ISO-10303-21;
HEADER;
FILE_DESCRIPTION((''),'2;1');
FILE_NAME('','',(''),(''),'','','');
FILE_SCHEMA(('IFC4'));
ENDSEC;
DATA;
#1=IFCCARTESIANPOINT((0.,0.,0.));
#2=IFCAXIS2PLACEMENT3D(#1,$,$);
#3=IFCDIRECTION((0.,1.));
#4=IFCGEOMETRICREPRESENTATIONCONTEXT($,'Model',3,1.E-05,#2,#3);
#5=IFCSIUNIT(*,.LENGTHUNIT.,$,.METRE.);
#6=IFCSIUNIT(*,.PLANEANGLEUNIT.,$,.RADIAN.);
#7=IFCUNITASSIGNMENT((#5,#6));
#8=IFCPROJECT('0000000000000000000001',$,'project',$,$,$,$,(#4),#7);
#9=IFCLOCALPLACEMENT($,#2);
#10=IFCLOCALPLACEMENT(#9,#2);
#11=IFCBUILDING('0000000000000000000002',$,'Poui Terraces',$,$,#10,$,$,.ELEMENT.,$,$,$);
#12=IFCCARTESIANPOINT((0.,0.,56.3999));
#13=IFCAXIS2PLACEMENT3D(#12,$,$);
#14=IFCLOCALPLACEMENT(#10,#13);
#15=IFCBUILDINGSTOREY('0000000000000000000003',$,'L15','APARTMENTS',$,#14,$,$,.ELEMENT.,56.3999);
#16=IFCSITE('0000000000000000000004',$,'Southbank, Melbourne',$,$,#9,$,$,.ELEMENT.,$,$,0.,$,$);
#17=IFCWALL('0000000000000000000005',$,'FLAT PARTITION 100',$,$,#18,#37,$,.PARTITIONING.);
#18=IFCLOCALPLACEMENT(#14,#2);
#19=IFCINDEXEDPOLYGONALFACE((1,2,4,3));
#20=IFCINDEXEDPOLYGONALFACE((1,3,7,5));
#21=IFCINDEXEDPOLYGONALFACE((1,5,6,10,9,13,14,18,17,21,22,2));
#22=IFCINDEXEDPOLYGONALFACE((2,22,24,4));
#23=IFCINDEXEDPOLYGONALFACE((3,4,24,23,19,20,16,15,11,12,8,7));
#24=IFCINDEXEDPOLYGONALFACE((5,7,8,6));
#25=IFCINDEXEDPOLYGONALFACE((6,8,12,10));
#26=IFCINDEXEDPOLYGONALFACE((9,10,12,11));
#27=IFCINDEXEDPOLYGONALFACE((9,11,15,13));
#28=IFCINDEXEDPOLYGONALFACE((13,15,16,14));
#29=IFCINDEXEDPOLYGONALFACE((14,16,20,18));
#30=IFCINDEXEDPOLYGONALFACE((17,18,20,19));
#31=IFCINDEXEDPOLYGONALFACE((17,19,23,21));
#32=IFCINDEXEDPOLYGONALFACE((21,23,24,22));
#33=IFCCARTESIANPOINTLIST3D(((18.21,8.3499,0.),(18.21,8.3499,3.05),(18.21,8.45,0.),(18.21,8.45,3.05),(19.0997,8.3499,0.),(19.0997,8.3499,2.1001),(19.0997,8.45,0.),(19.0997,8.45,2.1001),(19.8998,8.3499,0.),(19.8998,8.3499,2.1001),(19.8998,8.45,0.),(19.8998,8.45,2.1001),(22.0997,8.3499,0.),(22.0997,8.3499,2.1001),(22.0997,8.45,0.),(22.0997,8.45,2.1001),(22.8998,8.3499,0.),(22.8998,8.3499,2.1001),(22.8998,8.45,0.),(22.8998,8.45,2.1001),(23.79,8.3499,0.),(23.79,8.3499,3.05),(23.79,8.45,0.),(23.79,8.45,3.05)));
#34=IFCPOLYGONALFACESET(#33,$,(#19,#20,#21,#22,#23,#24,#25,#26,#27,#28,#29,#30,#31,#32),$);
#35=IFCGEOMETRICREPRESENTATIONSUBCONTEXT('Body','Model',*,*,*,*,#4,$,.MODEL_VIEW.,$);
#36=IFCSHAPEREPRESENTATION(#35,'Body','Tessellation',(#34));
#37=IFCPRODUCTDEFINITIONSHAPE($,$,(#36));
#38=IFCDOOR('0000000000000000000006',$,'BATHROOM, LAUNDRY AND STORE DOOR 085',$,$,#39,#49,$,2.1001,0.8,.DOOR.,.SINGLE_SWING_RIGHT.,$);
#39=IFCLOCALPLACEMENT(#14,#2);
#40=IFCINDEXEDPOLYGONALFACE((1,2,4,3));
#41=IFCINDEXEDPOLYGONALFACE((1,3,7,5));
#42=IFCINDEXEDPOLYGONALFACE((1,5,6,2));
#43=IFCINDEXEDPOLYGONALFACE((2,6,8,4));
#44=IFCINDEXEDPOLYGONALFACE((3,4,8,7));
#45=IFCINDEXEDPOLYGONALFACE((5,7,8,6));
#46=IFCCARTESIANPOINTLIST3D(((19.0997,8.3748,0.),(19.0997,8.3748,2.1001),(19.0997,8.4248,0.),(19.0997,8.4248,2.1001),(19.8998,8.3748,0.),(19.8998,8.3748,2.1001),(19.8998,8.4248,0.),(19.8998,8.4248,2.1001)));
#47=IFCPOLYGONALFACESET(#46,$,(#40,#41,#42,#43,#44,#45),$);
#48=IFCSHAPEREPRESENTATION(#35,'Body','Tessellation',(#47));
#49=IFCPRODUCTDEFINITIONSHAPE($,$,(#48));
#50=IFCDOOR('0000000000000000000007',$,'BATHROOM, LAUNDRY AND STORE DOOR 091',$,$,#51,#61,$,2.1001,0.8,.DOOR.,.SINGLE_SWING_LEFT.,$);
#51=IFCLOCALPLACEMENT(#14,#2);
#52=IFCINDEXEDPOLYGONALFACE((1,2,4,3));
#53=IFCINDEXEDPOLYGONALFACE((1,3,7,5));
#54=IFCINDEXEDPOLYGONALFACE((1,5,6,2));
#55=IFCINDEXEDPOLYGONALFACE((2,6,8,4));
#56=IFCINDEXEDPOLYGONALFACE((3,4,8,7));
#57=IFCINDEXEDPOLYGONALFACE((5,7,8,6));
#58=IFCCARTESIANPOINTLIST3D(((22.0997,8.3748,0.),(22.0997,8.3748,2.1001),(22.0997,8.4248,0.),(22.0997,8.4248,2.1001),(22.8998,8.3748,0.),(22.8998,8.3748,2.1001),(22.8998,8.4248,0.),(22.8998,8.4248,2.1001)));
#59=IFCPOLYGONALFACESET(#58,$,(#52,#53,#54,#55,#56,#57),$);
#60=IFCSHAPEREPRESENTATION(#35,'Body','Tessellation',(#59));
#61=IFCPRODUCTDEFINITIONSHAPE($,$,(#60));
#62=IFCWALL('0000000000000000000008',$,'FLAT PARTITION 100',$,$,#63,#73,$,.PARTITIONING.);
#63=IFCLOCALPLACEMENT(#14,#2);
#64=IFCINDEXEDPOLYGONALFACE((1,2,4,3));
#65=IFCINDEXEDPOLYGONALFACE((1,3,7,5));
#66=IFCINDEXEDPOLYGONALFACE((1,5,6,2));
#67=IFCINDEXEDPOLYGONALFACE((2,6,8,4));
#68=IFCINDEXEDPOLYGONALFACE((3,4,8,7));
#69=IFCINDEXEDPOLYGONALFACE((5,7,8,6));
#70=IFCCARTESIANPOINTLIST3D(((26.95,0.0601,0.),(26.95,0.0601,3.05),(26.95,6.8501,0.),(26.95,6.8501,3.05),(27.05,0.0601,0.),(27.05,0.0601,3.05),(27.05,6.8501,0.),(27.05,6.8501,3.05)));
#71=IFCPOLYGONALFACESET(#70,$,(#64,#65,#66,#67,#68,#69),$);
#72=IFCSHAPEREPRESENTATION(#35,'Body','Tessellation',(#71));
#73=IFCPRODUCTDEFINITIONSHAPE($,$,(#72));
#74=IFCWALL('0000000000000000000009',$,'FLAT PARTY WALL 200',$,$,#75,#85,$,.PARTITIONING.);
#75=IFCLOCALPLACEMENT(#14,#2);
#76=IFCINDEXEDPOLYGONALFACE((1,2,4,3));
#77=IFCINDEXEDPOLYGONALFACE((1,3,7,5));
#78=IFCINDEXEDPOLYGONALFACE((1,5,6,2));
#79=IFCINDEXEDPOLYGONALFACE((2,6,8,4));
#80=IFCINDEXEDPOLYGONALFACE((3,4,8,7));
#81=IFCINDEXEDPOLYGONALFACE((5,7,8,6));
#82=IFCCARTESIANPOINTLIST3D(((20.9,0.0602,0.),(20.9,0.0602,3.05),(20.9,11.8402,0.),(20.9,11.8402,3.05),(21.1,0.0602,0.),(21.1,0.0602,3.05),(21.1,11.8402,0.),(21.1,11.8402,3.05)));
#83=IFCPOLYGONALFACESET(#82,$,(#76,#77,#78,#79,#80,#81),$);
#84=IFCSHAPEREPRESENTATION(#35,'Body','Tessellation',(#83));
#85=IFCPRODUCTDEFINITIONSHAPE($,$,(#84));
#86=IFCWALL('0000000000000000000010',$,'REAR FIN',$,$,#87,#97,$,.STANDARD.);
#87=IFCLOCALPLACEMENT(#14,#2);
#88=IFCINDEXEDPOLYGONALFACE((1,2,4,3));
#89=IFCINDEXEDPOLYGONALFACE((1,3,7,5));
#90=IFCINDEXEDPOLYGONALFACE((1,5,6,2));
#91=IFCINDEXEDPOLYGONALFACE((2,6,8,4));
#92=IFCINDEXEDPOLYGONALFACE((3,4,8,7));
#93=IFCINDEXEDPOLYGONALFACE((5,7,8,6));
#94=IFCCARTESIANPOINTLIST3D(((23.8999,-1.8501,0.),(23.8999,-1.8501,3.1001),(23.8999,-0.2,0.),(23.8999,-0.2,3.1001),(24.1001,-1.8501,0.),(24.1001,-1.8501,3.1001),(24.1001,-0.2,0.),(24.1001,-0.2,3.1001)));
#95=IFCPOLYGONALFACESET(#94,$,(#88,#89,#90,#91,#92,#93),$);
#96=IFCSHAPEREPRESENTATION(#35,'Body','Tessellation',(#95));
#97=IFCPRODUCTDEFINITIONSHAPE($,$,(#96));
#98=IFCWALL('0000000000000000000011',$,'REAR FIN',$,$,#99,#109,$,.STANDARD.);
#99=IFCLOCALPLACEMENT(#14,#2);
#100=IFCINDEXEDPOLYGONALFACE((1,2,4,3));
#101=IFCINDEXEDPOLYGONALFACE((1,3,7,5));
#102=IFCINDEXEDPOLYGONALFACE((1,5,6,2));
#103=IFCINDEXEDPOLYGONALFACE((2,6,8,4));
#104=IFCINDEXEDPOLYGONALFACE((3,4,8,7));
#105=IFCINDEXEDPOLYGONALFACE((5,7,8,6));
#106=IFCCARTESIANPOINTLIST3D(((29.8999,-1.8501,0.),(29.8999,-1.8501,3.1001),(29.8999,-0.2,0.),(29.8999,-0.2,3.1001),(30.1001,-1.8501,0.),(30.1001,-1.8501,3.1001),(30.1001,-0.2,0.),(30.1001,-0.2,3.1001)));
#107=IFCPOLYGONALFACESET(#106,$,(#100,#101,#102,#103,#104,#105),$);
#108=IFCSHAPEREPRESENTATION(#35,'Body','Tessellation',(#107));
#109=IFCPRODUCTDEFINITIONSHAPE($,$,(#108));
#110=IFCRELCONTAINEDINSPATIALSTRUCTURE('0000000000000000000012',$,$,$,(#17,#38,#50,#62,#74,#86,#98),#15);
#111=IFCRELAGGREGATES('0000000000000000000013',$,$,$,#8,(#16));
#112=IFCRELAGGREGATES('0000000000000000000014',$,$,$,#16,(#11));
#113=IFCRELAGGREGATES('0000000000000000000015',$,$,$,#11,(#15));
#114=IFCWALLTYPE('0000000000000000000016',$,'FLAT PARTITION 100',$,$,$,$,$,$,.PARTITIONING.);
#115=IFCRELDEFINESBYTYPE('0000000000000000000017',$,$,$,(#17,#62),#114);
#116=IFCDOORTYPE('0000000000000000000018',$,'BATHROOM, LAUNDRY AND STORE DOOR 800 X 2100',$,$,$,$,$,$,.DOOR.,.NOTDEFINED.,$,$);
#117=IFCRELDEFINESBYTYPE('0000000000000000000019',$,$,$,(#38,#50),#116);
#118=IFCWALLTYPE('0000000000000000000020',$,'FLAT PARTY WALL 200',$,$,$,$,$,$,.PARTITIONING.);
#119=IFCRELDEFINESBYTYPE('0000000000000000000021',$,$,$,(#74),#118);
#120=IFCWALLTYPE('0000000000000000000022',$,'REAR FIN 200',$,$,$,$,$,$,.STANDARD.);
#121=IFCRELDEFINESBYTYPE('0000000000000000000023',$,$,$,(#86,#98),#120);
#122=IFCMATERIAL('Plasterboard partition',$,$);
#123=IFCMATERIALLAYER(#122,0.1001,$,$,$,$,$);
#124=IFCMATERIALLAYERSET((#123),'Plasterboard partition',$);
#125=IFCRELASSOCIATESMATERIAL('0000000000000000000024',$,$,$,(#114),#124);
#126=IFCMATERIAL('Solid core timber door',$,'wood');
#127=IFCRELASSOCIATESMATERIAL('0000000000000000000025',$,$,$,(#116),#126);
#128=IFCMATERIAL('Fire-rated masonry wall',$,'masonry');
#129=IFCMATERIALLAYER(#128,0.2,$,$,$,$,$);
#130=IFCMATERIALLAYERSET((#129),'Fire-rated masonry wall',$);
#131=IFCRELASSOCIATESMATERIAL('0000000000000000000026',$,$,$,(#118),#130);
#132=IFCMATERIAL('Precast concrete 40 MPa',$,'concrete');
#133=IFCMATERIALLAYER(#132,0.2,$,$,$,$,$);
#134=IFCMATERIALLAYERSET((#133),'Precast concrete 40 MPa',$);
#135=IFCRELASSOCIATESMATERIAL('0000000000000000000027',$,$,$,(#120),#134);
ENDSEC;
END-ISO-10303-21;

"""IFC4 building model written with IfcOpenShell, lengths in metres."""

from ifc_helpers import new_model, si_unit, direction, frame, frame_2d, origin, place, context, subcontext, project, spatial, polyline, rectangle, outline, extrude, source, transform, mapped, material, layer, layer_set, type_object, element, fill, save


model = new_model("IFC4")

# Units and contexts
model_context = context("Model", 3, precision=1e-05, world=origin(), true_north=direction((0.0, 1.0)))
body_context = subcontext(model_context, "Body", "Model", "MODEL_VIEW")
ifc_project = project(units=[si_unit("LENGTHUNIT", "METRE"), si_unit("PLANEANGLEUNIT", "RADIAN")], contexts=[model_context])

# Site, building, storey
site_placement = place(None, origin())
site = spatial("IfcSite", under=ifc_project, at=site_placement, Name="Southbank, Melbourne", CompositionType="ELEMENT", RefElevation=0.0)
building_placement = place(site_placement, origin())
building = spatial("IfcBuilding", under=site, at=building_placement, Name="Poui Terraces", CompositionType="ELEMENT")
storey_placement = place(building_placement, frame((0.0, 0.0, 56.3999)))
storey = spatial("IfcBuildingStorey", under=building, at=storey_placement, Name="L15", Description="APARTMENTS", CompositionType="ELEMENT", Elevation=56.3999)

# Shared definitions
ifc_material_1 = material(Name="Precast concrete 40 MPa", Category="concrete")

# Shared definitions
ifc_material_2 = material(Name="Solid core timber door", Category="wood")
ifc_material_3 = material(Name="Plasterboard partition")
ifc_layer_1 = layer(ifc_material_3, 0.1001)
ifc_layer_set_1 = layer_set([ifc_layer_1], Name="Plasterboard partition")
wall_type_1 = type_object("IfcWallType", Name="FLAT PARTITION 100", PredefinedType="PARTITIONING", material=ifc_layer_set_1)

# Wall, openings, doors
wall_1_placement = place(storey_placement, frame((18.21, 8.3999, 0.0), z_axis=(0.0, 0.0, 1.0), x_axis=(1.0, 0.0, 0.0)))
wall_1 = element("IfcWall", 1, at=wall_1_placement, inside=storey, type_object=wall_type_1, Name="FLAT PARTITION 100", PredefinedType="PARTITIONING", context=body_context, shape_type="SweptSolid", body=[
    extrude(rectangle(XDim=5.5801, YDim=0.1001, at=frame_2d((2.79, 0.0))), origin(), (0.0, 0.0, 1.0), 3.05),
])
opening_1_placement = place(wall_1_placement, frame((0.8899, 0.0, 0.0)))
opening_1 = element("IfcOpeningElement", 2, at=opening_1_placement, cuts=wall_1, PredefinedType="OPENING", context=body_context, shape_type="SweptSolid", body=[
    extrude(rectangle(XDim=0.8, YDim=2.1001, at=frame_2d((0.3999, 1.05))), frame((0.0, 0.0601, 0.0), z_axis=(0.0, -1.0, 0.0), x_axis=(1.0, 0.0, 0.0)), (0.0, 0.0, 1.0), 0.1201),
])
opening_2_placement = place(wall_1_placement, frame((3.8899, 0.0, 0.0)))
opening_2 = element("IfcOpeningElement", 3, at=opening_2_placement, cuts=wall_1, PredefinedType="OPENING", context=body_context, shape_type="SweptSolid", body=[
    extrude(rectangle(XDim=0.8, YDim=2.1001, at=frame_2d((0.3999, 1.05))), frame((0.0, 0.0601, 0.0), z_axis=(0.0, -1.0, 0.0), x_axis=(1.0, 0.0, 0.0)), (0.0, 0.0, 1.0), 0.1201),
])
door_type_1 = type_object("IfcDoorType", Name="BATHROOM, LAUNDRY AND STORE DOOR 800 X 2100", OperationType="NOTDEFINED", PredefinedType="DOOR", material=ifc_material_2)
door_1_placement = place(opening_1_placement, origin())
door_1 = element("IfcDoor", 4, at=door_1_placement, inside=storey, type_object=door_type_1, Name="BATHROOM, LAUNDRY AND STORE DOOR 085", OperationType="SINGLE_SWING_RIGHT", OverallHeight=2.1001, OverallWidth=0.8, PredefinedType="DOOR", context=body_context, shape_type="SweptSolid", body=[
    extrude(rectangle(XDim=0.8, YDim=2.1001, at=frame_2d((0.3999, 1.05))), frame((0.0, 0.0249, 0.0), z_axis=(0.0, -1.0, 0.0), x_axis=(1.0, 0.0, 0.0)), (0.0, 0.0, 1.0), 0.05),
])
fill(opening_1, door_1)
door_2_placement = place(opening_2_placement, origin())
door_2 = element("IfcDoor", 5, at=door_2_placement, inside=storey, type_object=door_type_1, Name="BATHROOM, LAUNDRY AND STORE DOOR 091", OperationType="SINGLE_SWING_LEFT", OverallHeight=2.1001, OverallWidth=0.8, PredefinedType="DOOR", context=body_context, shape_type="SweptSolid", body=[
    extrude(rectangle(XDim=0.8, YDim=2.1001, at=frame_2d((0.3999, 1.05))), frame((0.0, 0.0249, 0.0), z_axis=(0.0, -1.0, 0.0), x_axis=(1.0, 0.0, 0.0)), (0.0, 0.0, 1.0), 0.05),
])
fill(opening_2, door_2)

# Walls
wall_2_placement = place(storey_placement, frame((27.0, 0.0601, 0.0), z_axis=(0.0, 0.0, 1.0), x_axis=(0.0, 1.0, 0.0)))
element("IfcWall", 6, at=wall_2_placement, inside=storey, type_object=wall_type_1, Name="FLAT PARTITION 100", PredefinedType="PARTITIONING", context=body_context, shape_type="SweptSolid", body=[
    extrude(rectangle(XDim=6.79, YDim=0.1001, at=frame_2d((3.395, 0.0))), origin(), (0.0, 0.0, 1.0), 3.05),
])
ifc_material_4 = material(Name="Fire-rated masonry wall", Category="masonry")
ifc_layer_2 = layer(ifc_material_4, 0.2)
ifc_layer_set_2 = layer_set([ifc_layer_2], Name="Fire-rated masonry wall")
wall_type_2 = type_object("IfcWallType", Name="FLAT PARTY WALL 200", PredefinedType="PARTITIONING", material=ifc_layer_set_2)
wall_3_placement = place(storey_placement, frame((21.0, 0.0601, 0.0), z_axis=(0.0, 0.0, 1.0), x_axis=(0.0, 1.0, 0.0)))
element("IfcWall", 7, at=wall_3_placement, inside=storey, type_object=wall_type_2, Name="FLAT PARTY WALL 200", PredefinedType="PARTITIONING", context=body_context, shape_type="SweptSolid", body=[
    extrude(rectangle(XDim=11.78, YDim=0.2, at=frame_2d((5.8901, 0.0))), origin(), (0.0, 0.0, 1.0), 3.05),
])
ifc_layer_3 = layer(ifc_material_1, 0.2)
ifc_layer_set_3 = layer_set([ifc_layer_3], Name="Precast concrete 40 MPa")
wall_type_3 = type_object("IfcWallType", Name="REAR FIN 200", PredefinedType="STANDARD", material=ifc_layer_set_3)
shared_shape_1 = source(origin(), body_context, "Body", "SweptSolid", [
    extrude(outline(polyline([(0.0, 0.0), (0.2002, 0.0), (0.2002, 1.6501), (0.0, 1.6501), (0.0, 0.0)])), origin(), (0.0, 0.0, 1.0), 3.1001),
])
for number, where, name in (
    (8, (23.8999, -1.8501, 0.0), "REAR FIN"),
    (9, (29.8999, -1.8501, 0.0), "REAR FIN"),
):
    element("IfcWall", number, at=place(storey_placement, frame(where)), inside=storey, type_object=wall_type_3, Name=name, PredefinedType="STANDARD", context=body_context, shape_type="MappedRepresentation", body=[
        mapped(shared_shape_1, transform((0.0, 0.0, 0.0))),
    ])

save(model, "model.ifc")
